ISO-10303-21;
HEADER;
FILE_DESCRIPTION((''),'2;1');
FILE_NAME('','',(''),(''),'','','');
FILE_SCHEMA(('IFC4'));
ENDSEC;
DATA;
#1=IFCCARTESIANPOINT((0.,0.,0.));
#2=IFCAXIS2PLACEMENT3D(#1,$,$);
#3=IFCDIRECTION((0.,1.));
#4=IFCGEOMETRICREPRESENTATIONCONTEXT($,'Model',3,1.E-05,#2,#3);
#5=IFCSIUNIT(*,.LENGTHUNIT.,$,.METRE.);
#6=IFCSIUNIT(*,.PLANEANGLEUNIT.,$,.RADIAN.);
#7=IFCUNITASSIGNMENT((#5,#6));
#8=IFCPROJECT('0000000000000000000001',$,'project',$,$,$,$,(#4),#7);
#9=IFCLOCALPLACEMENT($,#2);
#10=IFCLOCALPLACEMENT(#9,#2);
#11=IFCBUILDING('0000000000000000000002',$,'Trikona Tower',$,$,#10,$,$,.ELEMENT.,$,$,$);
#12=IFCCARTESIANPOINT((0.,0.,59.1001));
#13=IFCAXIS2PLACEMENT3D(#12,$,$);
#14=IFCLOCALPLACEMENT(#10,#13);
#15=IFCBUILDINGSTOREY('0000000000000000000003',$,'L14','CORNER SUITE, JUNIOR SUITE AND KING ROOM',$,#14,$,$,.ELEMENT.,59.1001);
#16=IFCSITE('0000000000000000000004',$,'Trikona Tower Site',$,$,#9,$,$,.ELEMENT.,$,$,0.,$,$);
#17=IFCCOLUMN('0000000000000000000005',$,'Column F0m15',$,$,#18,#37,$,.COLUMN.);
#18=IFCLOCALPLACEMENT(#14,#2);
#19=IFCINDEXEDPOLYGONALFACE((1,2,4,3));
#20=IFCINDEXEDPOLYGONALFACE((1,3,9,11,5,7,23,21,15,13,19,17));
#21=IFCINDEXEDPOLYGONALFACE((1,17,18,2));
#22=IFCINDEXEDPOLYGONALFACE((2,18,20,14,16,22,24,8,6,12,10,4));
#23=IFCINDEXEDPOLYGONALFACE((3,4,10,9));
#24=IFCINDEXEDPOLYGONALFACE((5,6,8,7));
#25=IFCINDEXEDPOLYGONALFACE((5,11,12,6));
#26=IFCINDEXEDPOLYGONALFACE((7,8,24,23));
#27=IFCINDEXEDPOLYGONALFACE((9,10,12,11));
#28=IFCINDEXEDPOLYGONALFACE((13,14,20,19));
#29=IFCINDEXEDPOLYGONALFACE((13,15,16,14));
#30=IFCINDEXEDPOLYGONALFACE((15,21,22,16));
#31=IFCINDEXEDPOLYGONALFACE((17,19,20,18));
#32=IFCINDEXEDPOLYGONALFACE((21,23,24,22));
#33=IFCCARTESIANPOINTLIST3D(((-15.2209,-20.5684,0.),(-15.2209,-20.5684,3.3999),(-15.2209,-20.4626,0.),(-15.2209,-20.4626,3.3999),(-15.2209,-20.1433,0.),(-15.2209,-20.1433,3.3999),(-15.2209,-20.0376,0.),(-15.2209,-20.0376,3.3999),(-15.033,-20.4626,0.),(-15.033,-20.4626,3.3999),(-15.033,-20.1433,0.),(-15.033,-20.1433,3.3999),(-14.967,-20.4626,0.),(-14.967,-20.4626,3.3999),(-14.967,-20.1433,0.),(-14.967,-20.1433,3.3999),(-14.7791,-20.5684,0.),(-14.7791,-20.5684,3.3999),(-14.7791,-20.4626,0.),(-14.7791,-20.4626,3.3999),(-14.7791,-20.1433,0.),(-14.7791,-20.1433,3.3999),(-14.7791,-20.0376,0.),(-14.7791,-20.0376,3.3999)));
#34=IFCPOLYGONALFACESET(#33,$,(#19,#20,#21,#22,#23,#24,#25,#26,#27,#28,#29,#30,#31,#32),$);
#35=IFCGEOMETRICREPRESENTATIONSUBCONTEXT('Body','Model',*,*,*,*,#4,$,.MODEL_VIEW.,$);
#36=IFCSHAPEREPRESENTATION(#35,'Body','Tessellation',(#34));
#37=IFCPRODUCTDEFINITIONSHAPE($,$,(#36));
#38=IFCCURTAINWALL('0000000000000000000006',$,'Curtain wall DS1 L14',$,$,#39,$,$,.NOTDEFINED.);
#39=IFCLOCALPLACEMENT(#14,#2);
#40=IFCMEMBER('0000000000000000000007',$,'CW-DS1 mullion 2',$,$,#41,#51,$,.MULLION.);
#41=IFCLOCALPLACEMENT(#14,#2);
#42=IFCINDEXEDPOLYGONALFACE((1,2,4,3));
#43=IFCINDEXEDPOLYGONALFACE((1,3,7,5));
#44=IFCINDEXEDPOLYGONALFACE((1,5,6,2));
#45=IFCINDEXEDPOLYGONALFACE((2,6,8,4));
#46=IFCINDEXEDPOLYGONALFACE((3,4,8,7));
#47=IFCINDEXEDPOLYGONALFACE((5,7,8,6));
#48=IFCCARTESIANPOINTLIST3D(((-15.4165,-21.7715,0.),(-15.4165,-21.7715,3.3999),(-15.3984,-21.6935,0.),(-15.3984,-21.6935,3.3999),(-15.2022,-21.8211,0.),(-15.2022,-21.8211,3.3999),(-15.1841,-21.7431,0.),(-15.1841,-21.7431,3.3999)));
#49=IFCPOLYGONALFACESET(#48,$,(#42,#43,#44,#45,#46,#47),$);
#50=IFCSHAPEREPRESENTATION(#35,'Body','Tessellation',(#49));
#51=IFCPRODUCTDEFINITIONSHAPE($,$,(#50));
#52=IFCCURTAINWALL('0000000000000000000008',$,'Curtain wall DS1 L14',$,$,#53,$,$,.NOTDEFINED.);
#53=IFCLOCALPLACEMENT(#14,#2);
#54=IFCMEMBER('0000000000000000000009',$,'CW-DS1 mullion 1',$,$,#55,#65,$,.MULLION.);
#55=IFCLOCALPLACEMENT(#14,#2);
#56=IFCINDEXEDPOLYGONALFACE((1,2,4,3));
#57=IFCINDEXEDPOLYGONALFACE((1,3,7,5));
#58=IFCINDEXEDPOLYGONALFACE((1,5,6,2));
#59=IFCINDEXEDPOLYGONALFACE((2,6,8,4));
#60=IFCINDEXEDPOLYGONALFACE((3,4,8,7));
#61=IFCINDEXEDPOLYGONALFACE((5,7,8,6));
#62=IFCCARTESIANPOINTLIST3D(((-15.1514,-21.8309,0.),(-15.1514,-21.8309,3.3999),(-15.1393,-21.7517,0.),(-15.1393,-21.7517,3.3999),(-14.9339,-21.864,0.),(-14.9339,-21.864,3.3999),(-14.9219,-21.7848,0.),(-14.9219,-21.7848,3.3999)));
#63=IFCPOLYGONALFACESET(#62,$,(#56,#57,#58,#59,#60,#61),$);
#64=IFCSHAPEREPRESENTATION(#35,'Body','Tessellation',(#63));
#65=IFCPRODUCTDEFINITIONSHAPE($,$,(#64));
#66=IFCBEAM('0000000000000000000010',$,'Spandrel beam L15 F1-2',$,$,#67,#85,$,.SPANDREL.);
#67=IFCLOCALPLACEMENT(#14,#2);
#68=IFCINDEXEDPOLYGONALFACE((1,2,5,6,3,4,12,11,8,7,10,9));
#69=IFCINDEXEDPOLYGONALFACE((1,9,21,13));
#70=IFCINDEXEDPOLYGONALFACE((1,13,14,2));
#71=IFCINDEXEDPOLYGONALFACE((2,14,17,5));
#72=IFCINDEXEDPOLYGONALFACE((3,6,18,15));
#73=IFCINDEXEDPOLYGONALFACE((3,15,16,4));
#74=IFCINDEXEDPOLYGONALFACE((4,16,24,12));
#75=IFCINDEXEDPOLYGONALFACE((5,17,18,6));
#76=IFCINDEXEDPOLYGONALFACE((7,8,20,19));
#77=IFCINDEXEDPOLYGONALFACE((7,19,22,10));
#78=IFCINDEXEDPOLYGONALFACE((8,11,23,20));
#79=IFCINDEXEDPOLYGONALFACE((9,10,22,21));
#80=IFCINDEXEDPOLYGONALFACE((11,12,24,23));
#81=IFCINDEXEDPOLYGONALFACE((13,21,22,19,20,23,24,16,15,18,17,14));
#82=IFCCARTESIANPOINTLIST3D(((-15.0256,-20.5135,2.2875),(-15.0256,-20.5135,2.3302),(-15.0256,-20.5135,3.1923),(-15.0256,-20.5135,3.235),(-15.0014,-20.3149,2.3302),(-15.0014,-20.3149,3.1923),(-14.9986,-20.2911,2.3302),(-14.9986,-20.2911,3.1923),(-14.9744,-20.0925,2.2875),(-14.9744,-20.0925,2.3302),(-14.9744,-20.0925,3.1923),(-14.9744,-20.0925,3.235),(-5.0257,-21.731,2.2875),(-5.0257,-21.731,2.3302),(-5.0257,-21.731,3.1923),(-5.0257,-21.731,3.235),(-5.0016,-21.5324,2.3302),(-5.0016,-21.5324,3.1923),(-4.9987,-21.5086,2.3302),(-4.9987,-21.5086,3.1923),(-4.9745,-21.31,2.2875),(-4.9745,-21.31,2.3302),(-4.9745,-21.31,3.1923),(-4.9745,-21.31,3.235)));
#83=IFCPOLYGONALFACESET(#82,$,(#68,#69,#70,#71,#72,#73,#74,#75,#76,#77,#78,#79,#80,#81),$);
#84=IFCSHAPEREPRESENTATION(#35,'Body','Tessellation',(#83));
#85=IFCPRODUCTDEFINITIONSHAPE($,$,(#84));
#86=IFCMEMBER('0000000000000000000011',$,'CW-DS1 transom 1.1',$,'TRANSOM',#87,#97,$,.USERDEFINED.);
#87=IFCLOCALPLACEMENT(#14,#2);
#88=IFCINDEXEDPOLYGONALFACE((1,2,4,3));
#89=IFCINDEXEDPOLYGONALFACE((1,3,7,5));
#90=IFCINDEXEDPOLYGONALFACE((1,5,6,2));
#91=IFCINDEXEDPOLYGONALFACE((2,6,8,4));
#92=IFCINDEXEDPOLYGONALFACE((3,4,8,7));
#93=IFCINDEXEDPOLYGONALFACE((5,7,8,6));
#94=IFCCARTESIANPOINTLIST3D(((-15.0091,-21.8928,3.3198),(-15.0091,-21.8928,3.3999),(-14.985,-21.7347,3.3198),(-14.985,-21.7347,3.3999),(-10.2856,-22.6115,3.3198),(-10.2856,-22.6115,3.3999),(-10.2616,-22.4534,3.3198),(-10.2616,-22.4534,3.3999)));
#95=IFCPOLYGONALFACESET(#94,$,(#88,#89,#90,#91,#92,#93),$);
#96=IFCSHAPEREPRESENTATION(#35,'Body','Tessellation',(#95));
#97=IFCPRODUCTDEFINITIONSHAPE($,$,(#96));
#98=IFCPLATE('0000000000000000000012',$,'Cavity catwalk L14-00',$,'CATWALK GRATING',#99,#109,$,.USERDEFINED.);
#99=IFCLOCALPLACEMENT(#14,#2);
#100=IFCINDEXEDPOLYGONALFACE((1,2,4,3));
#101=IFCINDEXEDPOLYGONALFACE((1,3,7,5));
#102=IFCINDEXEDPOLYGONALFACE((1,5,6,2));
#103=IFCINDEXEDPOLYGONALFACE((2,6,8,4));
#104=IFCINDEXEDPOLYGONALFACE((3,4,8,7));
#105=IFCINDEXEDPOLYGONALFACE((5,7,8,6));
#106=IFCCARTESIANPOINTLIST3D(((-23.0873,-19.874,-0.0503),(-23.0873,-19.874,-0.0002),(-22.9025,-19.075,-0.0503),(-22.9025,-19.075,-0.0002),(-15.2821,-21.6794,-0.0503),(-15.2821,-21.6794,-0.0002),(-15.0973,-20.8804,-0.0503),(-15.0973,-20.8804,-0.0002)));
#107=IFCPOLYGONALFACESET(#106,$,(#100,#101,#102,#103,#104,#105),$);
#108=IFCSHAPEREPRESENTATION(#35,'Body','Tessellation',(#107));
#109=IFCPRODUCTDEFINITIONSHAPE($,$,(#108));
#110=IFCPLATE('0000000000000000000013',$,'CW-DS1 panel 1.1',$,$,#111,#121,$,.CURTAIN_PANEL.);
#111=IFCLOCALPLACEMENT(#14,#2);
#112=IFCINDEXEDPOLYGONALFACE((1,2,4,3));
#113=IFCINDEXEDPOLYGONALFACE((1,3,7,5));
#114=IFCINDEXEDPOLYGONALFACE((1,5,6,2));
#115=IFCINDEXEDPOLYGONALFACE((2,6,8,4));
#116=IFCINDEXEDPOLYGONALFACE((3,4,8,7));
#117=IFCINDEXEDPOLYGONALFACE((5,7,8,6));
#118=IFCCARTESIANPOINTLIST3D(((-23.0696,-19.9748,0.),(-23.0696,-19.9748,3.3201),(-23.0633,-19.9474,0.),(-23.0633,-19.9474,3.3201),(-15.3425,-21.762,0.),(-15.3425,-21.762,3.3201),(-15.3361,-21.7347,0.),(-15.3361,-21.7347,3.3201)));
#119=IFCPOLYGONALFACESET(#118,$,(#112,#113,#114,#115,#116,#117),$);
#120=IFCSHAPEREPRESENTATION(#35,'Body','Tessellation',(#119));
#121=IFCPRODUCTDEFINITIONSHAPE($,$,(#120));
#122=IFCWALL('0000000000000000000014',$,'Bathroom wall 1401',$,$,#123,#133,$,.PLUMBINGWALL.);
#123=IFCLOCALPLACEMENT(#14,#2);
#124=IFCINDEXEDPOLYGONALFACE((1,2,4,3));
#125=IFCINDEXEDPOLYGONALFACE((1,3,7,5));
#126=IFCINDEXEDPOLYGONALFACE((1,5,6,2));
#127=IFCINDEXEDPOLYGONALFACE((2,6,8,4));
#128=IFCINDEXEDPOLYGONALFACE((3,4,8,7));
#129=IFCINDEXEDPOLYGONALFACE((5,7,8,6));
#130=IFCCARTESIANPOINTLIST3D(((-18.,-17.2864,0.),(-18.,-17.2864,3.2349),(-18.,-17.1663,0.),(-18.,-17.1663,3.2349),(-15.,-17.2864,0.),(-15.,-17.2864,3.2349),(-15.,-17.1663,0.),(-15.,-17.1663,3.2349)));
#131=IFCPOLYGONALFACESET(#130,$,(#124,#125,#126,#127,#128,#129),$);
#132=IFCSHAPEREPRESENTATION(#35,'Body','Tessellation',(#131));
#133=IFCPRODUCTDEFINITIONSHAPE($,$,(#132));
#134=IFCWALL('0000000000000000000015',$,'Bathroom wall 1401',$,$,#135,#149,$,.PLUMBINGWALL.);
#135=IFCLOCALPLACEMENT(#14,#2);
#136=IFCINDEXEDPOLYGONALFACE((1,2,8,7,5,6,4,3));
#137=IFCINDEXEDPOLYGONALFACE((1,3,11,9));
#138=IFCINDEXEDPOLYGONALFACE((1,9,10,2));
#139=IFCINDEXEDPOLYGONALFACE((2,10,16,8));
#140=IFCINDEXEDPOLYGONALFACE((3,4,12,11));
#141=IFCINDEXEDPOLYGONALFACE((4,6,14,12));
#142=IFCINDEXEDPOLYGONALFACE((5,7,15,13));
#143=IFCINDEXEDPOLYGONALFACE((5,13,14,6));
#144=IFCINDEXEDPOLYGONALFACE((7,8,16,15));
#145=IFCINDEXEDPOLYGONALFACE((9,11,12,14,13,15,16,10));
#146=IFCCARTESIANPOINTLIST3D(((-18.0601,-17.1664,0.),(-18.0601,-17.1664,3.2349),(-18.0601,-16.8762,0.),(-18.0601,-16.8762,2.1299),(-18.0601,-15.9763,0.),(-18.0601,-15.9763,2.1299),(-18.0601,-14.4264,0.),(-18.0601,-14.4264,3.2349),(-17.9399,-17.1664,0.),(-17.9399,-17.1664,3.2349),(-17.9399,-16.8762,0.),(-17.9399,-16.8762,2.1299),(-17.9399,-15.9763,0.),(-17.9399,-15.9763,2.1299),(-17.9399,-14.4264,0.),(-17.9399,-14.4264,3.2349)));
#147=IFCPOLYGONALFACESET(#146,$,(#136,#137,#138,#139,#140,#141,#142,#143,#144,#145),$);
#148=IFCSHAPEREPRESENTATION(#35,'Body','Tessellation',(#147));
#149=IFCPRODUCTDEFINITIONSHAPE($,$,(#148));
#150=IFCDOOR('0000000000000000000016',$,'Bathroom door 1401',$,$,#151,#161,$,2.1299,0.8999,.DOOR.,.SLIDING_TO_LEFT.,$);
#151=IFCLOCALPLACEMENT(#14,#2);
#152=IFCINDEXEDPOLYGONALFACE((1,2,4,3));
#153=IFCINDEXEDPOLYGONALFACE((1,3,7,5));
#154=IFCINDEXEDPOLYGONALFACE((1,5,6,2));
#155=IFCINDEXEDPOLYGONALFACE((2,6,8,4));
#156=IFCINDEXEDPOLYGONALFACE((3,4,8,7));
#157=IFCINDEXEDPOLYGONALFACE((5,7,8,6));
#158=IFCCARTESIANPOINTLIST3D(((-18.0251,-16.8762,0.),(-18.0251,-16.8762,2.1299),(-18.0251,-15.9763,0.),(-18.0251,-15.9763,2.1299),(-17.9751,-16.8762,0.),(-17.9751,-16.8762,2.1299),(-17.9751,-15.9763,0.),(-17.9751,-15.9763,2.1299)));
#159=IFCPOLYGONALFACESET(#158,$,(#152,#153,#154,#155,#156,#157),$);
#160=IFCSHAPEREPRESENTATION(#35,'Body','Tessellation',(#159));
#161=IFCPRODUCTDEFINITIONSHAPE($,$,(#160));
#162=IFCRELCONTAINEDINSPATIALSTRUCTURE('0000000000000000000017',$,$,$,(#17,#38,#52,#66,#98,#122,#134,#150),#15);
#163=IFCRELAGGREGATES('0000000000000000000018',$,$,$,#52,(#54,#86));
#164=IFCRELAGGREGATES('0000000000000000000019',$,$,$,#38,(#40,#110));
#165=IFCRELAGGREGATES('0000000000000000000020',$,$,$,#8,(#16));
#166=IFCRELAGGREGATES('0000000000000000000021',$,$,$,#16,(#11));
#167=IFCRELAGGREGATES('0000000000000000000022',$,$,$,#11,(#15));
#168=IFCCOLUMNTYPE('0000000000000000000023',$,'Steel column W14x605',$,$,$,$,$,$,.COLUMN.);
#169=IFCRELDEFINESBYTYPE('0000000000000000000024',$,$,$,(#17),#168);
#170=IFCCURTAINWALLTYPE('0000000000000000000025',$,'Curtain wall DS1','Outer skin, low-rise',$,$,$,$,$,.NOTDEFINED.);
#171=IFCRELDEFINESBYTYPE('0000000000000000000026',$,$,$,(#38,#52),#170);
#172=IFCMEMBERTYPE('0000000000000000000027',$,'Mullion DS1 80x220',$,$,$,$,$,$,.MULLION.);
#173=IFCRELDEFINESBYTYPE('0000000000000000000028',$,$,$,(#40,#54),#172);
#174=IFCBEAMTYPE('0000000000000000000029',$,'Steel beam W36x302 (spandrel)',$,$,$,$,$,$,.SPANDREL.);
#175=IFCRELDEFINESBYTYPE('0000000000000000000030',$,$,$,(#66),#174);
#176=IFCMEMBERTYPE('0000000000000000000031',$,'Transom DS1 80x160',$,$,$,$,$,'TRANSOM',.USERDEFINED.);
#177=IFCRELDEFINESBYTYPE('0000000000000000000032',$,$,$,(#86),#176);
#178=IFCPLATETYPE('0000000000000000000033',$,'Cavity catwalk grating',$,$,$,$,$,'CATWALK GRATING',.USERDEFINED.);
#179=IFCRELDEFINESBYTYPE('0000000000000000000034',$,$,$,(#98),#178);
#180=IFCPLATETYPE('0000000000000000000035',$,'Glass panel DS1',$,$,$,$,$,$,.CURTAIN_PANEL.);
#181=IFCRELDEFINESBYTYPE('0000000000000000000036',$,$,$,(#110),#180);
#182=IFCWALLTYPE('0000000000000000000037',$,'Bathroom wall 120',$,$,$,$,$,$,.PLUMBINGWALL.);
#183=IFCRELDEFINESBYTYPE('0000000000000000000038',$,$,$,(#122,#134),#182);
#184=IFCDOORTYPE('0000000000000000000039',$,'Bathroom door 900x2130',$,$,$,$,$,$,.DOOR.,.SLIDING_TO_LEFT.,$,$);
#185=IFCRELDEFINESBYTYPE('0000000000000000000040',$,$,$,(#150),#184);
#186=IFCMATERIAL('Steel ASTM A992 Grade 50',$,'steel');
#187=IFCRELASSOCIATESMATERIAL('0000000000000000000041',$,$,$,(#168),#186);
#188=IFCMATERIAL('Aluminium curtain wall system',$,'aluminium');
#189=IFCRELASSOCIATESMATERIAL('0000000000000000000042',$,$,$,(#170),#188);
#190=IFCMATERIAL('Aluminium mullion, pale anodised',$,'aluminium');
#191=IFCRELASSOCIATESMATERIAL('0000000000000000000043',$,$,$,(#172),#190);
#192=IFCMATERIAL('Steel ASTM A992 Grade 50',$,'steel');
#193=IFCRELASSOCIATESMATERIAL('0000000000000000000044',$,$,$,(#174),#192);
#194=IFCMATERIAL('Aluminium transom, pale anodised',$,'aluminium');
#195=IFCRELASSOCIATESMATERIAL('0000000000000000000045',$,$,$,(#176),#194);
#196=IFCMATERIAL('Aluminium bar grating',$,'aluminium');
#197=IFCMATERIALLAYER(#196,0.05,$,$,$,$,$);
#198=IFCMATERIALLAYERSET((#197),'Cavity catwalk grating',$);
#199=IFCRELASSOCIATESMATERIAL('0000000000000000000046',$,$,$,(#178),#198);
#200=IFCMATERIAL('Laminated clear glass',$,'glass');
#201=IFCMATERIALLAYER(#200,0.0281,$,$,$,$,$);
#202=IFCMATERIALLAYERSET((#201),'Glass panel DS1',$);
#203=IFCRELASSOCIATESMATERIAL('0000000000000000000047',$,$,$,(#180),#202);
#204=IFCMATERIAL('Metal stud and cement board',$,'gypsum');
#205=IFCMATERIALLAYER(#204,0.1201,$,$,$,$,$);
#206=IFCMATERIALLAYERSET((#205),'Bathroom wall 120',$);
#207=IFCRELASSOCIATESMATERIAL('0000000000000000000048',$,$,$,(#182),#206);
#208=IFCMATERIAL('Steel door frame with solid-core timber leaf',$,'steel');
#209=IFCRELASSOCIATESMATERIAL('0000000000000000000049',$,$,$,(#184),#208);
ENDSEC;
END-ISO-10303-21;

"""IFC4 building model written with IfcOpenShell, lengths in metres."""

from ifc_helpers import new_model, si_unit, direction, frame, frame_2d, origin, origin_2d, place, context, subcontext, project, spatial, rectangle, i_section, extrude, material, layer, layer_set, material_profile, profile_set, type_object, element, fill, aggregate, save


model = new_model("IFC4")

# Units and contexts
model_context = context("Model", 3, precision=1e-05, world=origin(), true_north=direction((0.0, 1.0)))
body_context = subcontext(model_context, "Body", "Model", "MODEL_VIEW")
ifc_project = project(units=[si_unit("LENGTHUNIT", "METRE"), si_unit("PLANEANGLEUNIT", "RADIAN")], contexts=[model_context])

# Site, building, storey
site_placement = place(None, origin())
site = spatial("IfcSite", under=ifc_project, at=site_placement, Name="Trikona Tower Site", CompositionType="ELEMENT", RefElevation=0.0)
building_placement = place(site_placement, origin())
building = spatial("IfcBuilding", under=site, at=building_placement, Name="Trikona Tower", CompositionType="ELEMENT")
storey_placement = place(building_placement, frame((0.0, 0.0, 59.1001)))
storey = spatial("IfcBuildingStorey", under=building, at=storey_placement, Name="L14", Description="CORNER SUITE, JUNIOR SUITE AND KING ROOM", CompositionType="ELEMENT", Elevation=59.1001)

# Column
ifc_material_1 = material(Name="Steel ASTM A992 Grade 50", Category="steel")
ifc_material_profile_1 = material_profile(ifc_material_1, i_section(OverallWidth=0.4419, OverallDepth=0.5308, WebThickness=0.0659, FlangeThickness=0.1057, at=origin_2d()), Name="W14X605")
ifc_profile_set_1 = profile_set([ifc_material_profile_1], Name="Steel ASTM A992 Grade 50")
column_type = type_object("IfcColumnType", Name="Steel column W14x605", PredefinedType="COLUMN", material=ifc_profile_set_1)
column_placement = place(storey_placement, frame((-15.0, -20.303, 0.0), z_axis=(0.0, 0.0, 1.0), x_axis=(1.0, 0.0, 0.0)))
element("IfcColumn", 1, at=column_placement, inside=storey, type_object=column_type, Name="Column F0m15", PredefinedType="COLUMN", context=body_context, shape_type="SweptSolid", body=[
    extrude(i_section(OverallWidth=0.4419, OverallDepth=0.5308, WebThickness=0.0659, FlangeThickness=0.1057, at=origin_2d()), origin(), (0.0, 0.0, 1.0), 3.3999),
])

# Curtain walls, members
ifc_material_2 = material(Name="Aluminium curtain wall system", Category="aluminium")
curtain_wall_type = type_object("IfcCurtainWallType", Name="Curtain wall DS1", Description="Outer skin, low-rise", PredefinedType="NOTDEFINED", material=ifc_material_2)
curtain_wall_1_placement = place(storey_placement, origin())
curtain_wall_1 = element("IfcCurtainWall", 2, at=curtain_wall_1_placement, inside=storey, type_object=curtain_wall_type, Name="Curtain wall DS1 L14", PredefinedType="NOTDEFINED")
ifc_material_3 = material(Name="Aluminium mullion, pale anodised", Category="aluminium")
ifc_material_profile_2 = material_profile(ifc_material_3, rectangle(XDim=0.0801, YDim=0.22, at=origin_2d()), Name="MUL-DS1")
ifc_profile_set_2 = profile_set([ifc_material_profile_2], Name="Aluminium mullion, pale anodised")
member_type_1 = type_object("IfcMemberType", Name="Mullion DS1 80x220", PredefinedType="MULLION", material=ifc_profile_set_2)
member_1_placement = place(storey_placement, frame((-15.3003, -21.7573, 0.0), z_axis=(0.0, 0.0, 1.0), x_axis=(0.225343, 0.974279, 0.0)))
member_1 = element("IfcMember", 3, at=member_1_placement, type_object=member_type_1, Name="CW-DS1 mullion 2", PredefinedType="MULLION", context=body_context, shape_type="SweptSolid", body=[
    extrude(rectangle(XDim=0.0801, YDim=0.22, at=origin_2d()), origin(), (0.0, 0.0, 1.0), 3.3999),
])
curtain_wall_2_placement = place(storey_placement, origin())
curtain_wall_2 = element("IfcCurtainWall", 4, at=curtain_wall_2_placement, inside=storey, type_object=curtain_wall_type, Name="Curtain wall DS1 L14", PredefinedType="NOTDEFINED")
member_2_placement = place(storey_placement, frame((-15.0366, -21.8079, 0.0), z_axis=(0.0, 0.0, 1.0), x_axis=(0.150438, 0.988619, 0.0)))
member_2 = element("IfcMember", 5, at=member_2_placement, type_object=member_type_1, Name="CW-DS1 mullion 1", PredefinedType="MULLION", context=body_context, shape_type="SweptSolid", body=[
    extrude(rectangle(XDim=0.0801, YDim=0.22, at=origin_2d()), origin(), (0.0, 0.0, 1.0), 3.3999),
])

# Beam
ifc_material_4 = material(Name="Steel ASTM A992 Grade 50", Category="steel")
ifc_material_profile_3 = material_profile(ifc_material_4, i_section(OverallWidth=0.4241, OverallDepth=0.9475, WebThickness=0.0239, FlangeThickness=0.0427, at=origin_2d()), Name="W36X302")
ifc_profile_set_3 = profile_set([ifc_material_profile_3], Name="Steel ASTM A992 Grade 50")
beam_type = type_object("IfcBeamType", Name="Steel beam W36x302 (spandrel)", PredefinedType="SPANDREL", material=ifc_profile_set_3)
beam_placement = place(storey_placement, frame((-15.0, -20.303, 2.7612), z_axis=(0.99267, -0.12086, 0.0), x_axis=(0.12086, 0.99267, 0.0)))
element("IfcBeam", 6, at=beam_placement, inside=storey, type_object=beam_type, Name="Spandrel beam L15 F1-2", PredefinedType="SPANDREL", context=body_context, shape_type="SweptSolid", body=[
    extrude(i_section(OverallWidth=0.4241, OverallDepth=0.9475, WebThickness=0.0239, FlangeThickness=0.0427, at=origin_2d()), origin(), (0.0, 0.0, 1.0), 10.0737),
])

# Member
ifc_material_5 = material(Name="Aluminium transom, pale anodised", Category="aluminium")
ifc_material_profile_4 = material_profile(ifc_material_5, rectangle(XDim=0.1599, YDim=0.0801, at=origin_2d()), Name="TRN-DS1")
ifc_profile_set_4 = profile_set([ifc_material_profile_4], Name="Aluminium transom, pale anodised")
member_type_2 = type_object("IfcMemberType", Name="Transom DS1 80x160", ElementType="TRANSOM", PredefinedType="USERDEFINED", material=ifc_profile_set_4)
member_3_placement = place(storey_placement, frame((-14.9971, -21.8137, 3.3599), z_axis=(0.98862, -0.150437, 0.0), x_axis=(0.150437, 0.98862, 0.0)))
member_3 = element("IfcMember", 7, at=member_3_placement, type_object=member_type_2, Name="CW-DS1 transom 1.1", ObjectType="TRANSOM", PredefinedType="USERDEFINED", context=body_context, shape_type="SweptSolid", body=[
    extrude(rectangle(XDim=0.1599, YDim=0.0801, at=origin_2d()), origin(), (0.0, 0.0, 1.0), 4.7778),
])
aggregate(curtain_wall_2, [member_2, member_3])

# Plates
ifc_material_6 = material(Name="Aluminium bar grating", Category="aluminium")
ifc_layer_1 = layer(ifc_material_6, 0.05)
ifc_layer_set_1 = layer_set([ifc_layer_1], Name="Cavity catwalk grating")
plate_type_1 = type_object("IfcPlateType", Name="Cavity catwalk grating", ElementType="CATWALK GRATING", PredefinedType="USERDEFINED", material=ifc_layer_set_1)
plate_1_placement = place(storey_placement, frame((-19.0923, -20.3772, -0.0503), z_axis=(0.0, 0.0, 1.0), x_axis=(0.974278, -0.225351, 0.0)))
element("IfcPlate", 8, at=plate_1_placement, inside=storey, type_object=plate_type_1, Name="Cavity catwalk L14-00", ObjectType="CATWALK GRATING", PredefinedType="USERDEFINED", context=body_context, shape_type="SweptSolid", body=[
    extrude(rectangle(XDim=8.0112, YDim=0.8201, at=origin_2d()), origin(), (0.0, 0.0, 1.0), 0.05),
])
ifc_material_7 = material(Name="Laminated clear glass", Category="glass")
ifc_layer_2 = layer(ifc_material_7, 0.0281)
ifc_layer_set_2 = layer_set([ifc_layer_2], Name="Glass panel DS1")
plate_type_2 = type_object("IfcPlateType", Name="Glass panel DS1", PredefinedType="CURTAIN_PANEL", material=ifc_layer_set_2)
plate_2_placement = place(storey_placement, frame((-19.2029, -20.8547, 0.0), z_axis=(0.0, 0.0, 1.0), x_axis=(0.974279, -0.225343, 0.0)))
plate_2 = element("IfcPlate", 9, at=plate_2_placement, type_object=plate_type_2, Name="CW-DS1 panel 1.1", PredefinedType="CURTAIN_PANEL", context=body_context, shape_type="SweptSolid", body=[
    extrude(rectangle(XDim=7.9312, YDim=0.0281, at=origin_2d()), origin(), (0.0, 0.0, 1.0), 3.3201),
])
aggregate(curtain_wall_1, [member_1, plate_2])

# Wall
ifc_material_8 = material(Name="Metal stud and cement board", Category="gypsum")
ifc_layer_3 = layer(ifc_material_8, 0.1201)
ifc_layer_set_3 = layer_set([ifc_layer_3], Name="Bathroom wall 120")
wall_type_1 = type_object("IfcWallType", Name="Bathroom wall 120", PredefinedType="PLUMBINGWALL", material=ifc_layer_set_3)
wall_1_placement = place(storey_placement, frame((-18.0, -17.2263, 0.0), z_axis=(0.0, 0.0, 1.0), x_axis=(1.0, 0.0, 0.0)))
element("IfcWall", 10, at=wall_1_placement, inside=storey, type_object=wall_type_1, Name="Bathroom wall 1401", PredefinedType="PLUMBINGWALL", context=body_context, shape_type="SweptSolid", body=[
    extrude(rectangle(XDim=3.0, YDim=0.1201, at=frame_2d((1.5, 0.0))), origin(), (0.0, 0.0, 1.0), 3.2349),
])

# Wall, opening, door
wall_2_placement = place(storey_placement, frame((-18.0, -14.4263, 0.0), z_axis=(0.0, 0.0, 1.0), x_axis=(0.0, -1.0, 0.0)))
wall_2 = element("IfcWall", 11, at=wall_2_placement, inside=storey, type_object=wall_type_1, Name="Bathroom wall 1401", PredefinedType="PLUMBINGWALL", context=body_context, shape_type="SweptSolid", body=[
    extrude(rectangle(XDim=2.74, YDim=0.1201, at=frame_2d((1.3701, 0.0))), origin(), (0.0, 0.0, 1.0), 3.2349),
])
opening_1_placement = place(wall_2_placement, frame((1.55, 0.0, 0.0)))
opening_1 = element("IfcOpeningElement", 12, at=opening_1_placement, cuts=wall_2, PredefinedType="OPENING", context=body_context, shape_type="SweptSolid", body=[
    extrude(rectangle(XDim=0.8999, YDim=2.1299, at=frame_2d((0.45, 1.0649))), frame((0.0, 0.0701, 0.0), z_axis=(0.0, -1.0, 0.0), x_axis=(1.0, 0.0, 0.0)), (0.0, 0.0, 1.0), 0.1401),
])
ifc_material_9 = material(Name="Steel door frame with solid-core timber leaf", Category="steel")
door_type = type_object("IfcDoorType", Name="Bathroom door 900x2130", OperationType="SLIDING_TO_LEFT", PredefinedType="DOOR", material=ifc_material_9)
door_placement = place(opening_1_placement, origin())
door = element("IfcDoor", 13, at=door_placement, inside=storey, type_object=door_type, Name="Bathroom door 1401", OperationType="SLIDING_TO_LEFT", OverallHeight=2.1299, OverallWidth=0.8999, PredefinedType="DOOR", context=body_context, shape_type="SweptSolid", body=[
    extrude(rectangle(XDim=0.8999, YDim=2.1299, at=frame_2d((0.45, 1.0649))), frame((0.0, 0.0249, 0.0), z_axis=(0.0, -1.0, 0.0), x_axis=(1.0, 0.0, 0.0)), (0.0, 0.0, 1.0), 0.05),
])
fill(opening_1, door)

save(model, "model.ifc")
